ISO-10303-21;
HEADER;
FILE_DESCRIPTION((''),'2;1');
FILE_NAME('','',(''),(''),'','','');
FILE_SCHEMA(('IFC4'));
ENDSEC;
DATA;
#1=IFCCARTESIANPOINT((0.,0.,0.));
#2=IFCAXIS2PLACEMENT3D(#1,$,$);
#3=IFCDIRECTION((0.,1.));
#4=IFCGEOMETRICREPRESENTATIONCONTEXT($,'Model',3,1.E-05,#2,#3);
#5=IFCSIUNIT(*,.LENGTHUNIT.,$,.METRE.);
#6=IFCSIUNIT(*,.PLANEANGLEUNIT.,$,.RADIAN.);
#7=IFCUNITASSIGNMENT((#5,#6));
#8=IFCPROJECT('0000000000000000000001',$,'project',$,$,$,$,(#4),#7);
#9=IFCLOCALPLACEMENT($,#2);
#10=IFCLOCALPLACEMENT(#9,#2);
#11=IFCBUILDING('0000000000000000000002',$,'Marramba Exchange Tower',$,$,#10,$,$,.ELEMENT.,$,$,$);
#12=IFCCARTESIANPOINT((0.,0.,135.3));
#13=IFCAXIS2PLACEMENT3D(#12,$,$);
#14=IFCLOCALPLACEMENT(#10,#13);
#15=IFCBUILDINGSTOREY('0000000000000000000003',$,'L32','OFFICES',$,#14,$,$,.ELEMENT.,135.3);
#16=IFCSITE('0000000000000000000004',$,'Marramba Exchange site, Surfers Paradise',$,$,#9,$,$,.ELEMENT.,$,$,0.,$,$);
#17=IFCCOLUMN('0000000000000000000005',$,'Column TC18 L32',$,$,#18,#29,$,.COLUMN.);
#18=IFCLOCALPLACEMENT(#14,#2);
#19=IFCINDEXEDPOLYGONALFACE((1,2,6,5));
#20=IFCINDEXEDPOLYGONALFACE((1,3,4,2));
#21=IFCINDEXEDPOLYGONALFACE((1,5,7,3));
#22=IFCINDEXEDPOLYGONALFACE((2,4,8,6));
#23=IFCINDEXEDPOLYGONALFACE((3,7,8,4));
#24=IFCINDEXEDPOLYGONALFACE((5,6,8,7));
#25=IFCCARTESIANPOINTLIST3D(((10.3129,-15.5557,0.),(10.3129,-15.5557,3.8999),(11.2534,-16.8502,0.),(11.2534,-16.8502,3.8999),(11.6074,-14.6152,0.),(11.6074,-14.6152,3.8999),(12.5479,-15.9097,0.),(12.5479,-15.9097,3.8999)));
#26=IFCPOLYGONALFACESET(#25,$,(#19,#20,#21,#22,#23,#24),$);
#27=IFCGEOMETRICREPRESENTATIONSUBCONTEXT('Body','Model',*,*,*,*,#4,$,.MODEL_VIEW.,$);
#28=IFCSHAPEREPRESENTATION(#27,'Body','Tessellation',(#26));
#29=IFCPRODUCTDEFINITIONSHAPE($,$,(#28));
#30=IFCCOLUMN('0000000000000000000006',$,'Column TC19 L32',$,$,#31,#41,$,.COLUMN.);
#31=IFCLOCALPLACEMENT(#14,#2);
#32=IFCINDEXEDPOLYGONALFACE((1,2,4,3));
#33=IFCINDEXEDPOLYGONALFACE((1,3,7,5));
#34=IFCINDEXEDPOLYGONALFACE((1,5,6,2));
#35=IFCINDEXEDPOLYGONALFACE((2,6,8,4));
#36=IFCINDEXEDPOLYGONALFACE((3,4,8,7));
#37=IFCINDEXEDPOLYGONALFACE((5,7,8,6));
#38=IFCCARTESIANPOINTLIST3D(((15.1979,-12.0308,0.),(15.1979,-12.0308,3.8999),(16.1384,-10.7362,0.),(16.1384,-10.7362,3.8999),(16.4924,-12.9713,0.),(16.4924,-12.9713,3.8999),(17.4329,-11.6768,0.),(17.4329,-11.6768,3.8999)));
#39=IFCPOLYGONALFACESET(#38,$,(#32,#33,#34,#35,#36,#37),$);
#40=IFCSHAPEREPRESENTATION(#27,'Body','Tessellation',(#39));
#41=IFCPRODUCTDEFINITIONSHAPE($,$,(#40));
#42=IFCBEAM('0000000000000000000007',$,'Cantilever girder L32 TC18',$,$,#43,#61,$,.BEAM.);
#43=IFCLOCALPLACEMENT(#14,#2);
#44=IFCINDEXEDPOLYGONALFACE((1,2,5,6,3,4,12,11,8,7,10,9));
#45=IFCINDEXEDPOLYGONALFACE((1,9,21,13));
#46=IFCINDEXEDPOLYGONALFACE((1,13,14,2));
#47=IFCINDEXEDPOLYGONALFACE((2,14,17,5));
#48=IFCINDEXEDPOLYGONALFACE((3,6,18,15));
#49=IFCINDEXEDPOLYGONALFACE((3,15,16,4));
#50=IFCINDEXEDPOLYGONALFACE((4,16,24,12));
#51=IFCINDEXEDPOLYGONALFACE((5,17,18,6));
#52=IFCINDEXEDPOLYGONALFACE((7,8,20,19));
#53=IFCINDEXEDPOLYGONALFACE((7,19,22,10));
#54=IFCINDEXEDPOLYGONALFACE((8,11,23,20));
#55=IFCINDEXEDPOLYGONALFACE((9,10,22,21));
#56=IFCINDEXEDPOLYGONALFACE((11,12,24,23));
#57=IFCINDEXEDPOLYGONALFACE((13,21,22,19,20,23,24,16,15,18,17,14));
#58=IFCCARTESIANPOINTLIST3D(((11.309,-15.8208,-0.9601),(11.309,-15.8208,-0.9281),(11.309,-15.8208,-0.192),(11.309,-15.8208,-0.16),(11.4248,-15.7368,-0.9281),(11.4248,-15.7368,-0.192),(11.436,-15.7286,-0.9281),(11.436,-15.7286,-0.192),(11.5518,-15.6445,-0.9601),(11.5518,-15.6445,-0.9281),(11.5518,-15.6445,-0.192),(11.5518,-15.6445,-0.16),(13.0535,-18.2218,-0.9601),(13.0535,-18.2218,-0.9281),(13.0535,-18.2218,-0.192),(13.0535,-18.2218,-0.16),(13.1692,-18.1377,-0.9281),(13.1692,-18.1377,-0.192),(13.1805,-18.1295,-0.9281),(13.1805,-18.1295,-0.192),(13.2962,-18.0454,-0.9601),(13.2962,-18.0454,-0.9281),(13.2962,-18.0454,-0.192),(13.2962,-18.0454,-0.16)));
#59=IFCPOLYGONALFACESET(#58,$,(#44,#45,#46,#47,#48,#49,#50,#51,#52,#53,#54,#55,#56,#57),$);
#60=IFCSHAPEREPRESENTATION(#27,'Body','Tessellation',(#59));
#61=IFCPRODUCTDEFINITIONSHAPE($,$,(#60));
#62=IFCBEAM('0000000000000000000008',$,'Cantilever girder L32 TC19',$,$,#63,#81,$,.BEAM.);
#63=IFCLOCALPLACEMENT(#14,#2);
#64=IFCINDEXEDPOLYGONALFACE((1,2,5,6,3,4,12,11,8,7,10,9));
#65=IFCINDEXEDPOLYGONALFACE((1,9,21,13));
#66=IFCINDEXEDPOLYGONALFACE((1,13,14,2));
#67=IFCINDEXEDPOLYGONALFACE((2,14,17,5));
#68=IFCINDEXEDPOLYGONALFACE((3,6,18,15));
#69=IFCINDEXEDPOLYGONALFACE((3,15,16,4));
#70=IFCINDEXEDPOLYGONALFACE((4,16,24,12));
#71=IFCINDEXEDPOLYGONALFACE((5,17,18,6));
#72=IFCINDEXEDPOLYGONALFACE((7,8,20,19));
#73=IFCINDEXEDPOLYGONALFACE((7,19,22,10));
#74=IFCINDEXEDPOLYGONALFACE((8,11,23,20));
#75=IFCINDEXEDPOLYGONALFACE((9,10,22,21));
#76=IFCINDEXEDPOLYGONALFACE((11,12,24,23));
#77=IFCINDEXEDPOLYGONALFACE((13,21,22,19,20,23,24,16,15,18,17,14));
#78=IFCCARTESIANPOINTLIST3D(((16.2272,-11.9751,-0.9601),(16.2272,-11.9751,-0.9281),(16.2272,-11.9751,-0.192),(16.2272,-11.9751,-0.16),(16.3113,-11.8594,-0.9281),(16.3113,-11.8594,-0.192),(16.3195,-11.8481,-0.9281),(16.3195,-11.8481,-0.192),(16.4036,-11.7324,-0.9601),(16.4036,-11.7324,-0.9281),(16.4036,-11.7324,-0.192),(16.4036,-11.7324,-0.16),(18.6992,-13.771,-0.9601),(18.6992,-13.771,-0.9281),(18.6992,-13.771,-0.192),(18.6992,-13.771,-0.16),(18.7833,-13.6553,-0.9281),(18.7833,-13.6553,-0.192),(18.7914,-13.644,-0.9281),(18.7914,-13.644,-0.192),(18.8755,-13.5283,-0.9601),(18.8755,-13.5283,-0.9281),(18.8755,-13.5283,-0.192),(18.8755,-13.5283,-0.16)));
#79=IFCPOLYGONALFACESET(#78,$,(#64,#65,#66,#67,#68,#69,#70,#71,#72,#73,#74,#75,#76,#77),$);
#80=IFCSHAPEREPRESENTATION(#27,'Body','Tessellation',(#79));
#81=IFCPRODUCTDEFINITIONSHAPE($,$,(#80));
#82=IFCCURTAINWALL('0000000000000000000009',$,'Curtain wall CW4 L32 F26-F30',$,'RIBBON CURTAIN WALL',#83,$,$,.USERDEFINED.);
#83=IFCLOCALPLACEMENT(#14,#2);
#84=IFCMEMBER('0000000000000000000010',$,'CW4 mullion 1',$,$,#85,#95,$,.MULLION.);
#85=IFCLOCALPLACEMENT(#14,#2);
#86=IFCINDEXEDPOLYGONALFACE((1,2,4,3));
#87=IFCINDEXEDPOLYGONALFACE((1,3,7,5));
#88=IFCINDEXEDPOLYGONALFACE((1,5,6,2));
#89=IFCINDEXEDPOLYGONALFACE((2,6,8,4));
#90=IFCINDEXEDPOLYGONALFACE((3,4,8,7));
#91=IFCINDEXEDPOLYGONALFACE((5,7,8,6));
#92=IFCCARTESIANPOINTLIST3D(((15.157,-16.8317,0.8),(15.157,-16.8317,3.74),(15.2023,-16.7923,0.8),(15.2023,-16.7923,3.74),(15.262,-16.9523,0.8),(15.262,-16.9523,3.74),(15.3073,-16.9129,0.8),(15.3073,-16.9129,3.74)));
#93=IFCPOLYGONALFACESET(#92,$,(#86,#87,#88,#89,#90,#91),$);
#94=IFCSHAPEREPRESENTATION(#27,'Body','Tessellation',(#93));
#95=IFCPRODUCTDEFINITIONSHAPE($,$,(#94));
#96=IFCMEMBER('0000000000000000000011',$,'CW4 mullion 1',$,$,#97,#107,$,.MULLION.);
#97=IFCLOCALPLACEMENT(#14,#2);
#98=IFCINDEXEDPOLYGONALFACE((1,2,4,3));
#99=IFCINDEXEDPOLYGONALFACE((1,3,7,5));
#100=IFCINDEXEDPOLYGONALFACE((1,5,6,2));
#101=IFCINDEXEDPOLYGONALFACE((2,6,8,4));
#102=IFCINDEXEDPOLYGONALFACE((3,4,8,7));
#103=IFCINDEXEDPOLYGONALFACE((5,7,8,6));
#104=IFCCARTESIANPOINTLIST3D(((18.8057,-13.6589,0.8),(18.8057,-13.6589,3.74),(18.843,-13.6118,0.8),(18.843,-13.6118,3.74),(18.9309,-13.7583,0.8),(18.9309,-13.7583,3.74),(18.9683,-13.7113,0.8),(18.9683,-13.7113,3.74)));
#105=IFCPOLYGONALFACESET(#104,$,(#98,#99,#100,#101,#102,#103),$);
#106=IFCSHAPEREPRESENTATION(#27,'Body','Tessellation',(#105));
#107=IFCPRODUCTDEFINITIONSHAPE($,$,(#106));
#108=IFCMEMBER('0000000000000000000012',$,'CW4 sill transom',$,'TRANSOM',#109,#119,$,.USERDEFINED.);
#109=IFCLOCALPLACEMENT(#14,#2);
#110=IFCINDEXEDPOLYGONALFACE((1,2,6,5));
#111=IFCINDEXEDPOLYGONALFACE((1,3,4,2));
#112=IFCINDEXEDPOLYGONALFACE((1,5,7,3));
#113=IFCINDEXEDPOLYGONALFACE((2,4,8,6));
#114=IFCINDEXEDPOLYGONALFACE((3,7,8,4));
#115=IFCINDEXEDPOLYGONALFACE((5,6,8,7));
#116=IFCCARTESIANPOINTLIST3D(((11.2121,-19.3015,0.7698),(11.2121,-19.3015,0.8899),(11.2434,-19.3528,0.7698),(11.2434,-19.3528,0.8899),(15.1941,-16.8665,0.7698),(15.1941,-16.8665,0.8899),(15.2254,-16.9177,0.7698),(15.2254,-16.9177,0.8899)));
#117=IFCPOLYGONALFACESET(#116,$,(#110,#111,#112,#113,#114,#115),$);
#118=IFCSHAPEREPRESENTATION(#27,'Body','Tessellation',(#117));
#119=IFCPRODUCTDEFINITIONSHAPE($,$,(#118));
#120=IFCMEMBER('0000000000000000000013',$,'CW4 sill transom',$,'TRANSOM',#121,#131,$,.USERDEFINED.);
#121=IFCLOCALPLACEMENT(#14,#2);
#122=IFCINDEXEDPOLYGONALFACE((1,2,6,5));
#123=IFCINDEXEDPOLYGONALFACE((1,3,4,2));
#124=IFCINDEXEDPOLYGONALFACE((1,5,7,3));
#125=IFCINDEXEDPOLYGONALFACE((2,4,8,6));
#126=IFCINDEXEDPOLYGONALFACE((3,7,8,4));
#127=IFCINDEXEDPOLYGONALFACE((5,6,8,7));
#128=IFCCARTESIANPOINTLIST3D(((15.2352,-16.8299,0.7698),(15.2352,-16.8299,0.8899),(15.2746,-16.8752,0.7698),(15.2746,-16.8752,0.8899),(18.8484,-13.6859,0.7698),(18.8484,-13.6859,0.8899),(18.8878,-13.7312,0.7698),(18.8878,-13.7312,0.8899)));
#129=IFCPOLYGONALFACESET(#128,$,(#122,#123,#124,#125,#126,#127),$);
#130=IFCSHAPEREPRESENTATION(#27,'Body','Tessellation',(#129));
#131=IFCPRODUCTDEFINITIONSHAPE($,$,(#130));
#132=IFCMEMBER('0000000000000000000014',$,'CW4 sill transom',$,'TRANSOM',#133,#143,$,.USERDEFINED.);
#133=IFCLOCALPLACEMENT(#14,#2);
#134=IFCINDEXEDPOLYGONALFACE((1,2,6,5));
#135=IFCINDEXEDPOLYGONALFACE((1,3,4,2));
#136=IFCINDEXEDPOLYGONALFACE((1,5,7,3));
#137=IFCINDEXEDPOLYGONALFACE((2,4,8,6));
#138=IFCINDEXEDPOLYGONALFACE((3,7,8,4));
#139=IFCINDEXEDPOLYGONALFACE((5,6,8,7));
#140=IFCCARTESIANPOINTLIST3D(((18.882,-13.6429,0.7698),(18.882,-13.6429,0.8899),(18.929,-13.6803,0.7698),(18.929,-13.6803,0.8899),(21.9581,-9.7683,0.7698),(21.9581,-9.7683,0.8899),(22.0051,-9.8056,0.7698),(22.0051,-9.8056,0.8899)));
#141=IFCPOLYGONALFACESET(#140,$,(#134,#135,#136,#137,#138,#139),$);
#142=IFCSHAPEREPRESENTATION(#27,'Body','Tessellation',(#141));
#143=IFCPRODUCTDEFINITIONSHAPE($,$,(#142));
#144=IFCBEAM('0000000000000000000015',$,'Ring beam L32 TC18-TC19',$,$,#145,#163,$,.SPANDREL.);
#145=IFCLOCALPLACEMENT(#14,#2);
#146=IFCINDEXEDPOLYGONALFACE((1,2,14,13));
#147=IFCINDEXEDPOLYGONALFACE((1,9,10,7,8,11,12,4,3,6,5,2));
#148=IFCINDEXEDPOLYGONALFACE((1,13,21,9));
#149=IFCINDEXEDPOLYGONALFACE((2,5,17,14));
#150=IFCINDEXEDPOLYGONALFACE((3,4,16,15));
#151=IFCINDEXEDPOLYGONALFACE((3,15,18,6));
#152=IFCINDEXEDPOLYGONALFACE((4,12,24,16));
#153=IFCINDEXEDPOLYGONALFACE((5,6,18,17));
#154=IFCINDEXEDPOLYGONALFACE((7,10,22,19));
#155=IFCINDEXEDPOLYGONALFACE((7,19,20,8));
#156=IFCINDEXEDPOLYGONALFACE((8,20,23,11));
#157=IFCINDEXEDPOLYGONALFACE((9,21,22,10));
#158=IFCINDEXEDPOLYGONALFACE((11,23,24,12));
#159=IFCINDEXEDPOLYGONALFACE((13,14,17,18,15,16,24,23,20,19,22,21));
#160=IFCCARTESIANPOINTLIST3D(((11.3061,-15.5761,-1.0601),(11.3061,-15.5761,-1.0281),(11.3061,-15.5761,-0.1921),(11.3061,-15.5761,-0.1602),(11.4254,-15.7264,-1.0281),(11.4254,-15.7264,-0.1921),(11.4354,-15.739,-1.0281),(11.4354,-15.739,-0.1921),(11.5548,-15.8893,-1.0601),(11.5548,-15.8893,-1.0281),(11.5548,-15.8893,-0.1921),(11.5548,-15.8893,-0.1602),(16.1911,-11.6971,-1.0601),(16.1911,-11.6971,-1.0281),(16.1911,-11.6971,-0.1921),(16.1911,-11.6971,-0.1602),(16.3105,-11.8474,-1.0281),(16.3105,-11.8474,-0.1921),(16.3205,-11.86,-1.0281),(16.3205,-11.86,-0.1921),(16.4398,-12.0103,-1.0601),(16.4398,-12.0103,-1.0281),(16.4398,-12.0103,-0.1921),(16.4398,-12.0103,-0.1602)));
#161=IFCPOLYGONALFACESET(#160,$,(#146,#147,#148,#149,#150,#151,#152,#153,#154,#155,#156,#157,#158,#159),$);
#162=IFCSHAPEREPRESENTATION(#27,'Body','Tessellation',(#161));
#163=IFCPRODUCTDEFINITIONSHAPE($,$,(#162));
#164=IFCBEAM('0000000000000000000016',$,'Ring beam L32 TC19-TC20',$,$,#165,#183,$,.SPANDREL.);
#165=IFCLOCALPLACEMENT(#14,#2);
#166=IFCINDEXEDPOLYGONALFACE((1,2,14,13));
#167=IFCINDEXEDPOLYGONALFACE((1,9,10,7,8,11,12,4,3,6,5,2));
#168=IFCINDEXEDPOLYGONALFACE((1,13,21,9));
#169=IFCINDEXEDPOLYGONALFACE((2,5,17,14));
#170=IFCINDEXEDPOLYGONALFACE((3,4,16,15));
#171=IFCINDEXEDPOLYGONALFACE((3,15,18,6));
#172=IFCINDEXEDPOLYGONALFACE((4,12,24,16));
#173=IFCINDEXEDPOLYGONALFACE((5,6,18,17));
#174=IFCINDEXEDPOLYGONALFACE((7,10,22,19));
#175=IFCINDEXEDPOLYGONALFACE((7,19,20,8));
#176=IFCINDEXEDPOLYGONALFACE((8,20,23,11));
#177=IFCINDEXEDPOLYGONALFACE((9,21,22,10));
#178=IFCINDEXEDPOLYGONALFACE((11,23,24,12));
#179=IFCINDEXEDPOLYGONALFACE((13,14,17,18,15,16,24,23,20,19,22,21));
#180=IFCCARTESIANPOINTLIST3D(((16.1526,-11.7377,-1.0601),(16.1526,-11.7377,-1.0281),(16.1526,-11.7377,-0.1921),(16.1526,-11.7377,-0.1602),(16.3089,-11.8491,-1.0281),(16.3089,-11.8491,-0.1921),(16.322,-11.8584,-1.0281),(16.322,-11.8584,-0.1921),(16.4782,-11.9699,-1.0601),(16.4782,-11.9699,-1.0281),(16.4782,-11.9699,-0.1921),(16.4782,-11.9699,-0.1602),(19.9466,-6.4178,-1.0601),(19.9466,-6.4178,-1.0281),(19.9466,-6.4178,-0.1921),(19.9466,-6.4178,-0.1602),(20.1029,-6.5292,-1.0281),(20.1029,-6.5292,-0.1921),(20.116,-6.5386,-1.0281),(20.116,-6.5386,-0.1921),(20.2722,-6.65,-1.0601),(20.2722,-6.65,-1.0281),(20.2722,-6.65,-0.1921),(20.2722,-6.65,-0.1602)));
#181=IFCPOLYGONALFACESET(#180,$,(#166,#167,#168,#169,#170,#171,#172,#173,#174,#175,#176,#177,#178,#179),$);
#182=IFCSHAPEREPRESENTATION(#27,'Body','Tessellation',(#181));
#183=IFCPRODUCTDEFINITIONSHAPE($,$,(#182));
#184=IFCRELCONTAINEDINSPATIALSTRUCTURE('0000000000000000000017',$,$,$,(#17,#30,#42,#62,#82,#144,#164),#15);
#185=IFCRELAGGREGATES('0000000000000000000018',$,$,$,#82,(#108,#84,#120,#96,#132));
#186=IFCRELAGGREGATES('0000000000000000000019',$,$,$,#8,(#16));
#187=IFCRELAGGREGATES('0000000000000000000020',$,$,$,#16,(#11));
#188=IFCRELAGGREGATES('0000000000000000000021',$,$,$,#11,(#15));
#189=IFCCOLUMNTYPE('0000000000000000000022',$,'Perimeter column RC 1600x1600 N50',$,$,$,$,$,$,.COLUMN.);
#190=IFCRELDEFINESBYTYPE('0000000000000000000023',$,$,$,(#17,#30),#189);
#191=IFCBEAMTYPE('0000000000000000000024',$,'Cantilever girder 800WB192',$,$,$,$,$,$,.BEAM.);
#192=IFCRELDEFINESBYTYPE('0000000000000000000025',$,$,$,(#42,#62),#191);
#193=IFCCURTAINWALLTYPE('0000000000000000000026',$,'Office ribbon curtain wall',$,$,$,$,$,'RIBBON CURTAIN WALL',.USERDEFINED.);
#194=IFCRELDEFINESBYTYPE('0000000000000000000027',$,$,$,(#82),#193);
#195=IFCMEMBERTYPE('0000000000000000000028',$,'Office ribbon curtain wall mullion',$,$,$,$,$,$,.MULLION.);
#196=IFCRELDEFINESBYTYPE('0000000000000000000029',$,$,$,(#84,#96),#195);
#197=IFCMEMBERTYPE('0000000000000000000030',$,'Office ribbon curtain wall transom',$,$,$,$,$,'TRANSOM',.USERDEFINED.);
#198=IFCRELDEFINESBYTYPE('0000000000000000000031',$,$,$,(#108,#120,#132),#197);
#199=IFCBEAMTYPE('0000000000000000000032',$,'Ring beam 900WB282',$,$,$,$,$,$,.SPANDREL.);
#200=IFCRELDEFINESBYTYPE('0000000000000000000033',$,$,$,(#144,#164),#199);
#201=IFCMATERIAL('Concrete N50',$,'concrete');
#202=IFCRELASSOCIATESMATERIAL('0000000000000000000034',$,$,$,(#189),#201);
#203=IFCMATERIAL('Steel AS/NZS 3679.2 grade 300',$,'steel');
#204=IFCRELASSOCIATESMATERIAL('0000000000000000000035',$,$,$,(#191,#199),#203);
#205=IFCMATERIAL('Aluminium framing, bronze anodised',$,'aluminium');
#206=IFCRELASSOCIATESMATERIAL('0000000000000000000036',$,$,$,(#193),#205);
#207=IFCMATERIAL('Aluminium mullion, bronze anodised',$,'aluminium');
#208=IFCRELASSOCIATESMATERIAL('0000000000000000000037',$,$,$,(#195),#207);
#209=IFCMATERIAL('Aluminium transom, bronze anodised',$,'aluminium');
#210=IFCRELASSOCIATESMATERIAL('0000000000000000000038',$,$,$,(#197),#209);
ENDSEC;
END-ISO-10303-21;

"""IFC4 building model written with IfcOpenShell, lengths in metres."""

from ifc_helpers import new_model, si_unit, direction, frame, origin, origin_2d, place, context, subcontext, project, spatial, rectangle, i_section, extrude, material, material_profile, profile_set, type_object, element, aggregate, save


model = new_model("IFC4")

# Units and contexts
model_context = context("Model", 3, precision=1e-05, world=origin(), true_north=direction((0.0, 1.0)))
body_context = subcontext(model_context, "Body", "Model", "MODEL_VIEW")
ifc_project = project(units=[si_unit("LENGTHUNIT", "METRE"), si_unit("PLANEANGLEUNIT", "RADIAN")], contexts=[model_context])

# Site, building, storey
site_placement = place(None, origin())
site = spatial("IfcSite", under=ifc_project, at=site_placement, Name="Marramba Exchange site, Surfers Paradise", CompositionType="ELEMENT", RefElevation=0.0)
building_placement = place(site_placement, origin())
building = spatial("IfcBuilding", under=site, at=building_placement, Name="Marramba Exchange Tower", CompositionType="ELEMENT")
storey_placement = place(building_placement, frame((0.0, 0.0, 135.3)))
storey = spatial("IfcBuildingStorey", under=building, at=storey_placement, Name="L32", Description="OFFICES", CompositionType="ELEMENT", Elevation=135.3)

# Columns
ifc_material_1 = material(Name="Concrete N50", Category="concrete")
ifc_material_profile_1 = material_profile(ifc_material_1, rectangle(XDim=1.6001, YDim=1.6001, at=origin_2d()), Name="RC 1600x1600")
ifc_profile_set_1 = profile_set([ifc_material_profile_1], Name="Concrete N50")
column_type = type_object("IfcColumnType", Name="Perimeter column RC 1600x1600 N50", PredefinedType="COLUMN", material=ifc_profile_set_1)
for number, where, z_axis, x_axis, name in (
    (1, (11.4304, -15.7327, 0.0), (0.0, 0.0, 1.0), (0.587785, -0.809017, 0.0), "Column TC18 L32"),
    (2, (16.3154, -11.8538, 0.0), (0.0, 0.0, 1.0), (0.809017, -0.587785, 0.0), "Column TC19 L32"),
):
    element("IfcColumn", number, at=place(storey_placement, frame(where, z_axis=z_axis, x_axis=x_axis)), inside=storey, type_object=column_type, Name=name, PredefinedType="COLUMN", context=body_context, shape_type="SweptSolid", body=[
        extrude(rectangle(XDim=1.6001, YDim=1.6001, at=origin_2d()), origin(), (0.0, 0.0, 1.0), 3.8999),
    ])

# Beams
ifc_material_2 = material(Name="Steel AS/NZS 3679.2 grade 300", Category="steel")
ifc_material_profile_2 = material_profile(ifc_material_2, i_section(OverallWidth=0.3, OverallDepth=0.8, WebThickness=0.0139, FlangeThickness=0.032, at=origin_2d()), Name="800WB192")
ifc_profile_set_2 = profile_set([ifc_material_profile_2], Name="Steel AS/NZS 3679.2 grade 300")
beam_type_1 = type_object("IfcBeamType", Name="Cantilever girder 800WB192", PredefinedType="BEAM", material=ifc_profile_set_2)
beam_1_placement = place(storey_placement, frame((11.4304, -15.7327, -0.5601), z_axis=(0.587795, -0.80901, 0.0), x_axis=(0.80901, 0.587795, 0.0)))
element("IfcBeam", 3, at=beam_1_placement, inside=storey, type_object=beam_type_1, Name="Cantilever girder L32 TC18", PredefinedType="BEAM", context=body_context, shape_type="SweptSolid", body=[
    extrude(i_section(OverallWidth=0.3, OverallDepth=0.8, WebThickness=0.0139, FlangeThickness=0.032, at=origin_2d()), origin(), (0.0, 0.0, 1.0), 2.9678),
])
beam_2_placement = place(storey_placement, frame((16.3154, -11.8538, -0.5601), z_axis=(0.809026, -0.587773, 0.0), x_axis=(0.587773, 0.809026, 0.0)))
element("IfcBeam", 4, at=beam_2_placement, inside=storey, type_object=beam_type_1, Name="Cantilever girder L32 TC19", PredefinedType="BEAM", context=body_context, shape_type="SweptSolid", body=[
    extrude(i_section(OverallWidth=0.3, OverallDepth=0.8, WebThickness=0.0139, FlangeThickness=0.032, at=origin_2d()), origin(), (0.0, 0.0, 1.0), 3.0554),
])

# Curtain wall, members
ifc_material_3 = material(Name="Aluminium framing, bronze anodised", Category="aluminium")
curtain_wall_type = type_object("IfcCurtainWallType", Name="Office ribbon curtain wall", ElementType="RIBBON CURTAIN WALL", PredefinedType="USERDEFINED", material=ifc_material_3)
curtain_wall_placement = place(storey_placement, origin())
curtain_wall = element("IfcCurtainWall", 5, at=curtain_wall_placement, inside=storey, type_object=curtain_wall_type, Name="Curtain wall CW4 L32 F26-F30", ObjectType="RIBBON CURTAIN WALL", PredefinedType="USERDEFINED")
ifc_material_4 = material(Name="Aluminium mullion, bronze anodised", Category="aluminium")
ifc_material_profile_3 = material_profile(ifc_material_4, rectangle(XDim=0.1599, YDim=0.0601, at=origin_2d()), Name="CW4 mullion 60x160")
ifc_profile_set_3 = profile_set([ifc_material_profile_3], Name="Aluminium mullion, bronze anodised")
member_type_1 = type_object("IfcMemberType", Name="Office ribbon curtain wall mullion", PredefinedType="MULLION", material=ifc_profile_set_3)
member_1_placement = place(storey_placement, frame((15.2322, -16.8723, 0.8), z_axis=(0.0, 0.0, 1.0), x_axis=(-0.656432, 0.754386, 0.0)))
member_1 = element("IfcMember", 6, at=member_1_placement, type_object=member_type_1, Name="CW4 mullion 1", PredefinedType="MULLION", context=body_context, shape_type="SweptSolid", body=[
    extrude(rectangle(XDim=0.1599, YDim=0.0601, at=origin_2d()), origin(), (0.0, 0.0, 1.0), 2.9399),
])
member_2_placement = place(storey_placement, frame((18.887, -13.6851, 0.8), z_axis=(0.0, 0.0, 1.0), x_axis=(-0.78317, 0.621807, 0.0)))
member_2 = element("IfcMember", 7, at=member_2_placement, type_object=member_type_1, Name="CW4 mullion 1", PredefinedType="MULLION", context=body_context, shape_type="SweptSolid", body=[
    extrude(rectangle(XDim=0.1599, YDim=0.0601, at=origin_2d()), origin(), (0.0, 0.0, 1.0), 2.9399),
])
ifc_material_5 = material(Name="Aluminium transom, bronze anodised", Category="aluminium")
ifc_material_profile_4 = material_profile(ifc_material_5, rectangle(XDim=0.0601, YDim=0.1201, at=origin_2d()), Name="CW4 transom 60x120")
ifc_profile_set_4 = profile_set([ifc_material_profile_4], Name="Aluminium transom, bronze anodised")
member_type_2 = type_object("IfcMemberType", Name="Office ribbon curtain wall transom", ElementType="TRANSOM", PredefinedType="USERDEFINED", material=ifc_profile_set_4)
member_3_placement = place(storey_placement, frame((11.2278, -19.3271, 0.8298), z_axis=(0.853124, 0.521708, 0.0), x_axis=(-0.521708, 0.853124, 0.0)))
member_3 = element("IfcMember", 8, at=member_3_placement, type_object=member_type_2, Name="CW4 sill transom", ObjectType="TRANSOM", PredefinedType="USERDEFINED", context=body_context, shape_type="SweptSolid", body=[
    extrude(rectangle(XDim=0.0601, YDim=0.1201, at=origin_2d()), origin(), (0.0, 0.0, 1.0), 4.6675),
])
member_4_placement = place(storey_placement, frame((15.2549, -16.8525, 0.8298), z_axis=(0.754393, 0.656424, 0.0), x_axis=(-0.656424, 0.754393, 0.0)))
member_4 = element("IfcMember", 9, at=member_4_placement, type_object=member_type_2, Name="CW4 sill transom", ObjectType="TRANSOM", PredefinedType="USERDEFINED", context=body_context, shape_type="SweptSolid", body=[
    extrude(rectangle(XDim=0.0601, YDim=0.1201, at=origin_2d()), origin(), (0.0, 0.0, 1.0), 4.7896),
])
member_5_placement = place(storey_placement, frame((18.9055, -13.6616, 0.8298), z_axis=(0.621778, 0.783194, 0.0), x_axis=(-0.783194, 0.621778, 0.0)))
member_5 = element("IfcMember", 10, at=member_5_placement, type_object=member_type_2, Name="CW4 sill transom", ObjectType="TRANSOM", PredefinedType="USERDEFINED", context=body_context, shape_type="SweptSolid", body=[
    extrude(rectangle(XDim=0.0601, YDim=0.1201, at=origin_2d()), origin(), (0.0, 0.0, 1.0), 4.9473),
])

# Beams
ifc_material_profile_5 = material_profile(ifc_material_2, i_section(OverallWidth=0.3999, OverallDepth=0.8999, WebThickness=0.0161, FlangeThickness=0.032, at=origin_2d()), Name="900WB282")
ifc_profile_set_5 = profile_set([ifc_material_profile_5], Name="Steel AS/NZS 3679.2 grade 300")
beam_type_2 = type_object("IfcBeamType", Name="Ring beam 900WB282", PredefinedType="SPANDREL", material=ifc_profile_set_5)
beam_3_placement = place(storey_placement, frame((11.4304, -15.7327, -0.6101), z_axis=(0.783139, 0.621846, 0.0), x_axis=(-0.621846, 0.783139, 0.0)))
element("IfcBeam", 11, at=beam_3_placement, inside=storey, type_object=beam_type_2, Name="Ring beam L32 TC18-TC19", PredefinedType="SPANDREL", context=body_context, shape_type="SweptSolid", body=[
    extrude(i_section(OverallWidth=0.3999, OverallDepth=0.8999, WebThickness=0.0161, FlangeThickness=0.032, at=origin_2d()), origin(), (0.0, 0.0, 1.0), 6.2378),
])
beam_4_placement = place(storey_placement, frame((16.3154, -11.8538, -0.6101), z_axis=(0.580637, 0.814162, 0.0), x_axis=(-0.814162, 0.580637, 0.0)))
element("IfcBeam", 12, at=beam_4_placement, inside=storey, type_object=beam_type_2, Name="Ring beam L32 TC19-TC20", PredefinedType="SPANDREL", context=body_context, shape_type="SweptSolid", body=[
    extrude(i_section(OverallWidth=0.3999, OverallDepth=0.8999, WebThickness=0.0161, FlangeThickness=0.032, at=origin_2d()), origin(), (0.0, 0.0, 1.0), 6.5342),
])

aggregate(curtain_wall, [member_3, member_1, member_4, member_2, member_5])

save(model, "model.ifc")
